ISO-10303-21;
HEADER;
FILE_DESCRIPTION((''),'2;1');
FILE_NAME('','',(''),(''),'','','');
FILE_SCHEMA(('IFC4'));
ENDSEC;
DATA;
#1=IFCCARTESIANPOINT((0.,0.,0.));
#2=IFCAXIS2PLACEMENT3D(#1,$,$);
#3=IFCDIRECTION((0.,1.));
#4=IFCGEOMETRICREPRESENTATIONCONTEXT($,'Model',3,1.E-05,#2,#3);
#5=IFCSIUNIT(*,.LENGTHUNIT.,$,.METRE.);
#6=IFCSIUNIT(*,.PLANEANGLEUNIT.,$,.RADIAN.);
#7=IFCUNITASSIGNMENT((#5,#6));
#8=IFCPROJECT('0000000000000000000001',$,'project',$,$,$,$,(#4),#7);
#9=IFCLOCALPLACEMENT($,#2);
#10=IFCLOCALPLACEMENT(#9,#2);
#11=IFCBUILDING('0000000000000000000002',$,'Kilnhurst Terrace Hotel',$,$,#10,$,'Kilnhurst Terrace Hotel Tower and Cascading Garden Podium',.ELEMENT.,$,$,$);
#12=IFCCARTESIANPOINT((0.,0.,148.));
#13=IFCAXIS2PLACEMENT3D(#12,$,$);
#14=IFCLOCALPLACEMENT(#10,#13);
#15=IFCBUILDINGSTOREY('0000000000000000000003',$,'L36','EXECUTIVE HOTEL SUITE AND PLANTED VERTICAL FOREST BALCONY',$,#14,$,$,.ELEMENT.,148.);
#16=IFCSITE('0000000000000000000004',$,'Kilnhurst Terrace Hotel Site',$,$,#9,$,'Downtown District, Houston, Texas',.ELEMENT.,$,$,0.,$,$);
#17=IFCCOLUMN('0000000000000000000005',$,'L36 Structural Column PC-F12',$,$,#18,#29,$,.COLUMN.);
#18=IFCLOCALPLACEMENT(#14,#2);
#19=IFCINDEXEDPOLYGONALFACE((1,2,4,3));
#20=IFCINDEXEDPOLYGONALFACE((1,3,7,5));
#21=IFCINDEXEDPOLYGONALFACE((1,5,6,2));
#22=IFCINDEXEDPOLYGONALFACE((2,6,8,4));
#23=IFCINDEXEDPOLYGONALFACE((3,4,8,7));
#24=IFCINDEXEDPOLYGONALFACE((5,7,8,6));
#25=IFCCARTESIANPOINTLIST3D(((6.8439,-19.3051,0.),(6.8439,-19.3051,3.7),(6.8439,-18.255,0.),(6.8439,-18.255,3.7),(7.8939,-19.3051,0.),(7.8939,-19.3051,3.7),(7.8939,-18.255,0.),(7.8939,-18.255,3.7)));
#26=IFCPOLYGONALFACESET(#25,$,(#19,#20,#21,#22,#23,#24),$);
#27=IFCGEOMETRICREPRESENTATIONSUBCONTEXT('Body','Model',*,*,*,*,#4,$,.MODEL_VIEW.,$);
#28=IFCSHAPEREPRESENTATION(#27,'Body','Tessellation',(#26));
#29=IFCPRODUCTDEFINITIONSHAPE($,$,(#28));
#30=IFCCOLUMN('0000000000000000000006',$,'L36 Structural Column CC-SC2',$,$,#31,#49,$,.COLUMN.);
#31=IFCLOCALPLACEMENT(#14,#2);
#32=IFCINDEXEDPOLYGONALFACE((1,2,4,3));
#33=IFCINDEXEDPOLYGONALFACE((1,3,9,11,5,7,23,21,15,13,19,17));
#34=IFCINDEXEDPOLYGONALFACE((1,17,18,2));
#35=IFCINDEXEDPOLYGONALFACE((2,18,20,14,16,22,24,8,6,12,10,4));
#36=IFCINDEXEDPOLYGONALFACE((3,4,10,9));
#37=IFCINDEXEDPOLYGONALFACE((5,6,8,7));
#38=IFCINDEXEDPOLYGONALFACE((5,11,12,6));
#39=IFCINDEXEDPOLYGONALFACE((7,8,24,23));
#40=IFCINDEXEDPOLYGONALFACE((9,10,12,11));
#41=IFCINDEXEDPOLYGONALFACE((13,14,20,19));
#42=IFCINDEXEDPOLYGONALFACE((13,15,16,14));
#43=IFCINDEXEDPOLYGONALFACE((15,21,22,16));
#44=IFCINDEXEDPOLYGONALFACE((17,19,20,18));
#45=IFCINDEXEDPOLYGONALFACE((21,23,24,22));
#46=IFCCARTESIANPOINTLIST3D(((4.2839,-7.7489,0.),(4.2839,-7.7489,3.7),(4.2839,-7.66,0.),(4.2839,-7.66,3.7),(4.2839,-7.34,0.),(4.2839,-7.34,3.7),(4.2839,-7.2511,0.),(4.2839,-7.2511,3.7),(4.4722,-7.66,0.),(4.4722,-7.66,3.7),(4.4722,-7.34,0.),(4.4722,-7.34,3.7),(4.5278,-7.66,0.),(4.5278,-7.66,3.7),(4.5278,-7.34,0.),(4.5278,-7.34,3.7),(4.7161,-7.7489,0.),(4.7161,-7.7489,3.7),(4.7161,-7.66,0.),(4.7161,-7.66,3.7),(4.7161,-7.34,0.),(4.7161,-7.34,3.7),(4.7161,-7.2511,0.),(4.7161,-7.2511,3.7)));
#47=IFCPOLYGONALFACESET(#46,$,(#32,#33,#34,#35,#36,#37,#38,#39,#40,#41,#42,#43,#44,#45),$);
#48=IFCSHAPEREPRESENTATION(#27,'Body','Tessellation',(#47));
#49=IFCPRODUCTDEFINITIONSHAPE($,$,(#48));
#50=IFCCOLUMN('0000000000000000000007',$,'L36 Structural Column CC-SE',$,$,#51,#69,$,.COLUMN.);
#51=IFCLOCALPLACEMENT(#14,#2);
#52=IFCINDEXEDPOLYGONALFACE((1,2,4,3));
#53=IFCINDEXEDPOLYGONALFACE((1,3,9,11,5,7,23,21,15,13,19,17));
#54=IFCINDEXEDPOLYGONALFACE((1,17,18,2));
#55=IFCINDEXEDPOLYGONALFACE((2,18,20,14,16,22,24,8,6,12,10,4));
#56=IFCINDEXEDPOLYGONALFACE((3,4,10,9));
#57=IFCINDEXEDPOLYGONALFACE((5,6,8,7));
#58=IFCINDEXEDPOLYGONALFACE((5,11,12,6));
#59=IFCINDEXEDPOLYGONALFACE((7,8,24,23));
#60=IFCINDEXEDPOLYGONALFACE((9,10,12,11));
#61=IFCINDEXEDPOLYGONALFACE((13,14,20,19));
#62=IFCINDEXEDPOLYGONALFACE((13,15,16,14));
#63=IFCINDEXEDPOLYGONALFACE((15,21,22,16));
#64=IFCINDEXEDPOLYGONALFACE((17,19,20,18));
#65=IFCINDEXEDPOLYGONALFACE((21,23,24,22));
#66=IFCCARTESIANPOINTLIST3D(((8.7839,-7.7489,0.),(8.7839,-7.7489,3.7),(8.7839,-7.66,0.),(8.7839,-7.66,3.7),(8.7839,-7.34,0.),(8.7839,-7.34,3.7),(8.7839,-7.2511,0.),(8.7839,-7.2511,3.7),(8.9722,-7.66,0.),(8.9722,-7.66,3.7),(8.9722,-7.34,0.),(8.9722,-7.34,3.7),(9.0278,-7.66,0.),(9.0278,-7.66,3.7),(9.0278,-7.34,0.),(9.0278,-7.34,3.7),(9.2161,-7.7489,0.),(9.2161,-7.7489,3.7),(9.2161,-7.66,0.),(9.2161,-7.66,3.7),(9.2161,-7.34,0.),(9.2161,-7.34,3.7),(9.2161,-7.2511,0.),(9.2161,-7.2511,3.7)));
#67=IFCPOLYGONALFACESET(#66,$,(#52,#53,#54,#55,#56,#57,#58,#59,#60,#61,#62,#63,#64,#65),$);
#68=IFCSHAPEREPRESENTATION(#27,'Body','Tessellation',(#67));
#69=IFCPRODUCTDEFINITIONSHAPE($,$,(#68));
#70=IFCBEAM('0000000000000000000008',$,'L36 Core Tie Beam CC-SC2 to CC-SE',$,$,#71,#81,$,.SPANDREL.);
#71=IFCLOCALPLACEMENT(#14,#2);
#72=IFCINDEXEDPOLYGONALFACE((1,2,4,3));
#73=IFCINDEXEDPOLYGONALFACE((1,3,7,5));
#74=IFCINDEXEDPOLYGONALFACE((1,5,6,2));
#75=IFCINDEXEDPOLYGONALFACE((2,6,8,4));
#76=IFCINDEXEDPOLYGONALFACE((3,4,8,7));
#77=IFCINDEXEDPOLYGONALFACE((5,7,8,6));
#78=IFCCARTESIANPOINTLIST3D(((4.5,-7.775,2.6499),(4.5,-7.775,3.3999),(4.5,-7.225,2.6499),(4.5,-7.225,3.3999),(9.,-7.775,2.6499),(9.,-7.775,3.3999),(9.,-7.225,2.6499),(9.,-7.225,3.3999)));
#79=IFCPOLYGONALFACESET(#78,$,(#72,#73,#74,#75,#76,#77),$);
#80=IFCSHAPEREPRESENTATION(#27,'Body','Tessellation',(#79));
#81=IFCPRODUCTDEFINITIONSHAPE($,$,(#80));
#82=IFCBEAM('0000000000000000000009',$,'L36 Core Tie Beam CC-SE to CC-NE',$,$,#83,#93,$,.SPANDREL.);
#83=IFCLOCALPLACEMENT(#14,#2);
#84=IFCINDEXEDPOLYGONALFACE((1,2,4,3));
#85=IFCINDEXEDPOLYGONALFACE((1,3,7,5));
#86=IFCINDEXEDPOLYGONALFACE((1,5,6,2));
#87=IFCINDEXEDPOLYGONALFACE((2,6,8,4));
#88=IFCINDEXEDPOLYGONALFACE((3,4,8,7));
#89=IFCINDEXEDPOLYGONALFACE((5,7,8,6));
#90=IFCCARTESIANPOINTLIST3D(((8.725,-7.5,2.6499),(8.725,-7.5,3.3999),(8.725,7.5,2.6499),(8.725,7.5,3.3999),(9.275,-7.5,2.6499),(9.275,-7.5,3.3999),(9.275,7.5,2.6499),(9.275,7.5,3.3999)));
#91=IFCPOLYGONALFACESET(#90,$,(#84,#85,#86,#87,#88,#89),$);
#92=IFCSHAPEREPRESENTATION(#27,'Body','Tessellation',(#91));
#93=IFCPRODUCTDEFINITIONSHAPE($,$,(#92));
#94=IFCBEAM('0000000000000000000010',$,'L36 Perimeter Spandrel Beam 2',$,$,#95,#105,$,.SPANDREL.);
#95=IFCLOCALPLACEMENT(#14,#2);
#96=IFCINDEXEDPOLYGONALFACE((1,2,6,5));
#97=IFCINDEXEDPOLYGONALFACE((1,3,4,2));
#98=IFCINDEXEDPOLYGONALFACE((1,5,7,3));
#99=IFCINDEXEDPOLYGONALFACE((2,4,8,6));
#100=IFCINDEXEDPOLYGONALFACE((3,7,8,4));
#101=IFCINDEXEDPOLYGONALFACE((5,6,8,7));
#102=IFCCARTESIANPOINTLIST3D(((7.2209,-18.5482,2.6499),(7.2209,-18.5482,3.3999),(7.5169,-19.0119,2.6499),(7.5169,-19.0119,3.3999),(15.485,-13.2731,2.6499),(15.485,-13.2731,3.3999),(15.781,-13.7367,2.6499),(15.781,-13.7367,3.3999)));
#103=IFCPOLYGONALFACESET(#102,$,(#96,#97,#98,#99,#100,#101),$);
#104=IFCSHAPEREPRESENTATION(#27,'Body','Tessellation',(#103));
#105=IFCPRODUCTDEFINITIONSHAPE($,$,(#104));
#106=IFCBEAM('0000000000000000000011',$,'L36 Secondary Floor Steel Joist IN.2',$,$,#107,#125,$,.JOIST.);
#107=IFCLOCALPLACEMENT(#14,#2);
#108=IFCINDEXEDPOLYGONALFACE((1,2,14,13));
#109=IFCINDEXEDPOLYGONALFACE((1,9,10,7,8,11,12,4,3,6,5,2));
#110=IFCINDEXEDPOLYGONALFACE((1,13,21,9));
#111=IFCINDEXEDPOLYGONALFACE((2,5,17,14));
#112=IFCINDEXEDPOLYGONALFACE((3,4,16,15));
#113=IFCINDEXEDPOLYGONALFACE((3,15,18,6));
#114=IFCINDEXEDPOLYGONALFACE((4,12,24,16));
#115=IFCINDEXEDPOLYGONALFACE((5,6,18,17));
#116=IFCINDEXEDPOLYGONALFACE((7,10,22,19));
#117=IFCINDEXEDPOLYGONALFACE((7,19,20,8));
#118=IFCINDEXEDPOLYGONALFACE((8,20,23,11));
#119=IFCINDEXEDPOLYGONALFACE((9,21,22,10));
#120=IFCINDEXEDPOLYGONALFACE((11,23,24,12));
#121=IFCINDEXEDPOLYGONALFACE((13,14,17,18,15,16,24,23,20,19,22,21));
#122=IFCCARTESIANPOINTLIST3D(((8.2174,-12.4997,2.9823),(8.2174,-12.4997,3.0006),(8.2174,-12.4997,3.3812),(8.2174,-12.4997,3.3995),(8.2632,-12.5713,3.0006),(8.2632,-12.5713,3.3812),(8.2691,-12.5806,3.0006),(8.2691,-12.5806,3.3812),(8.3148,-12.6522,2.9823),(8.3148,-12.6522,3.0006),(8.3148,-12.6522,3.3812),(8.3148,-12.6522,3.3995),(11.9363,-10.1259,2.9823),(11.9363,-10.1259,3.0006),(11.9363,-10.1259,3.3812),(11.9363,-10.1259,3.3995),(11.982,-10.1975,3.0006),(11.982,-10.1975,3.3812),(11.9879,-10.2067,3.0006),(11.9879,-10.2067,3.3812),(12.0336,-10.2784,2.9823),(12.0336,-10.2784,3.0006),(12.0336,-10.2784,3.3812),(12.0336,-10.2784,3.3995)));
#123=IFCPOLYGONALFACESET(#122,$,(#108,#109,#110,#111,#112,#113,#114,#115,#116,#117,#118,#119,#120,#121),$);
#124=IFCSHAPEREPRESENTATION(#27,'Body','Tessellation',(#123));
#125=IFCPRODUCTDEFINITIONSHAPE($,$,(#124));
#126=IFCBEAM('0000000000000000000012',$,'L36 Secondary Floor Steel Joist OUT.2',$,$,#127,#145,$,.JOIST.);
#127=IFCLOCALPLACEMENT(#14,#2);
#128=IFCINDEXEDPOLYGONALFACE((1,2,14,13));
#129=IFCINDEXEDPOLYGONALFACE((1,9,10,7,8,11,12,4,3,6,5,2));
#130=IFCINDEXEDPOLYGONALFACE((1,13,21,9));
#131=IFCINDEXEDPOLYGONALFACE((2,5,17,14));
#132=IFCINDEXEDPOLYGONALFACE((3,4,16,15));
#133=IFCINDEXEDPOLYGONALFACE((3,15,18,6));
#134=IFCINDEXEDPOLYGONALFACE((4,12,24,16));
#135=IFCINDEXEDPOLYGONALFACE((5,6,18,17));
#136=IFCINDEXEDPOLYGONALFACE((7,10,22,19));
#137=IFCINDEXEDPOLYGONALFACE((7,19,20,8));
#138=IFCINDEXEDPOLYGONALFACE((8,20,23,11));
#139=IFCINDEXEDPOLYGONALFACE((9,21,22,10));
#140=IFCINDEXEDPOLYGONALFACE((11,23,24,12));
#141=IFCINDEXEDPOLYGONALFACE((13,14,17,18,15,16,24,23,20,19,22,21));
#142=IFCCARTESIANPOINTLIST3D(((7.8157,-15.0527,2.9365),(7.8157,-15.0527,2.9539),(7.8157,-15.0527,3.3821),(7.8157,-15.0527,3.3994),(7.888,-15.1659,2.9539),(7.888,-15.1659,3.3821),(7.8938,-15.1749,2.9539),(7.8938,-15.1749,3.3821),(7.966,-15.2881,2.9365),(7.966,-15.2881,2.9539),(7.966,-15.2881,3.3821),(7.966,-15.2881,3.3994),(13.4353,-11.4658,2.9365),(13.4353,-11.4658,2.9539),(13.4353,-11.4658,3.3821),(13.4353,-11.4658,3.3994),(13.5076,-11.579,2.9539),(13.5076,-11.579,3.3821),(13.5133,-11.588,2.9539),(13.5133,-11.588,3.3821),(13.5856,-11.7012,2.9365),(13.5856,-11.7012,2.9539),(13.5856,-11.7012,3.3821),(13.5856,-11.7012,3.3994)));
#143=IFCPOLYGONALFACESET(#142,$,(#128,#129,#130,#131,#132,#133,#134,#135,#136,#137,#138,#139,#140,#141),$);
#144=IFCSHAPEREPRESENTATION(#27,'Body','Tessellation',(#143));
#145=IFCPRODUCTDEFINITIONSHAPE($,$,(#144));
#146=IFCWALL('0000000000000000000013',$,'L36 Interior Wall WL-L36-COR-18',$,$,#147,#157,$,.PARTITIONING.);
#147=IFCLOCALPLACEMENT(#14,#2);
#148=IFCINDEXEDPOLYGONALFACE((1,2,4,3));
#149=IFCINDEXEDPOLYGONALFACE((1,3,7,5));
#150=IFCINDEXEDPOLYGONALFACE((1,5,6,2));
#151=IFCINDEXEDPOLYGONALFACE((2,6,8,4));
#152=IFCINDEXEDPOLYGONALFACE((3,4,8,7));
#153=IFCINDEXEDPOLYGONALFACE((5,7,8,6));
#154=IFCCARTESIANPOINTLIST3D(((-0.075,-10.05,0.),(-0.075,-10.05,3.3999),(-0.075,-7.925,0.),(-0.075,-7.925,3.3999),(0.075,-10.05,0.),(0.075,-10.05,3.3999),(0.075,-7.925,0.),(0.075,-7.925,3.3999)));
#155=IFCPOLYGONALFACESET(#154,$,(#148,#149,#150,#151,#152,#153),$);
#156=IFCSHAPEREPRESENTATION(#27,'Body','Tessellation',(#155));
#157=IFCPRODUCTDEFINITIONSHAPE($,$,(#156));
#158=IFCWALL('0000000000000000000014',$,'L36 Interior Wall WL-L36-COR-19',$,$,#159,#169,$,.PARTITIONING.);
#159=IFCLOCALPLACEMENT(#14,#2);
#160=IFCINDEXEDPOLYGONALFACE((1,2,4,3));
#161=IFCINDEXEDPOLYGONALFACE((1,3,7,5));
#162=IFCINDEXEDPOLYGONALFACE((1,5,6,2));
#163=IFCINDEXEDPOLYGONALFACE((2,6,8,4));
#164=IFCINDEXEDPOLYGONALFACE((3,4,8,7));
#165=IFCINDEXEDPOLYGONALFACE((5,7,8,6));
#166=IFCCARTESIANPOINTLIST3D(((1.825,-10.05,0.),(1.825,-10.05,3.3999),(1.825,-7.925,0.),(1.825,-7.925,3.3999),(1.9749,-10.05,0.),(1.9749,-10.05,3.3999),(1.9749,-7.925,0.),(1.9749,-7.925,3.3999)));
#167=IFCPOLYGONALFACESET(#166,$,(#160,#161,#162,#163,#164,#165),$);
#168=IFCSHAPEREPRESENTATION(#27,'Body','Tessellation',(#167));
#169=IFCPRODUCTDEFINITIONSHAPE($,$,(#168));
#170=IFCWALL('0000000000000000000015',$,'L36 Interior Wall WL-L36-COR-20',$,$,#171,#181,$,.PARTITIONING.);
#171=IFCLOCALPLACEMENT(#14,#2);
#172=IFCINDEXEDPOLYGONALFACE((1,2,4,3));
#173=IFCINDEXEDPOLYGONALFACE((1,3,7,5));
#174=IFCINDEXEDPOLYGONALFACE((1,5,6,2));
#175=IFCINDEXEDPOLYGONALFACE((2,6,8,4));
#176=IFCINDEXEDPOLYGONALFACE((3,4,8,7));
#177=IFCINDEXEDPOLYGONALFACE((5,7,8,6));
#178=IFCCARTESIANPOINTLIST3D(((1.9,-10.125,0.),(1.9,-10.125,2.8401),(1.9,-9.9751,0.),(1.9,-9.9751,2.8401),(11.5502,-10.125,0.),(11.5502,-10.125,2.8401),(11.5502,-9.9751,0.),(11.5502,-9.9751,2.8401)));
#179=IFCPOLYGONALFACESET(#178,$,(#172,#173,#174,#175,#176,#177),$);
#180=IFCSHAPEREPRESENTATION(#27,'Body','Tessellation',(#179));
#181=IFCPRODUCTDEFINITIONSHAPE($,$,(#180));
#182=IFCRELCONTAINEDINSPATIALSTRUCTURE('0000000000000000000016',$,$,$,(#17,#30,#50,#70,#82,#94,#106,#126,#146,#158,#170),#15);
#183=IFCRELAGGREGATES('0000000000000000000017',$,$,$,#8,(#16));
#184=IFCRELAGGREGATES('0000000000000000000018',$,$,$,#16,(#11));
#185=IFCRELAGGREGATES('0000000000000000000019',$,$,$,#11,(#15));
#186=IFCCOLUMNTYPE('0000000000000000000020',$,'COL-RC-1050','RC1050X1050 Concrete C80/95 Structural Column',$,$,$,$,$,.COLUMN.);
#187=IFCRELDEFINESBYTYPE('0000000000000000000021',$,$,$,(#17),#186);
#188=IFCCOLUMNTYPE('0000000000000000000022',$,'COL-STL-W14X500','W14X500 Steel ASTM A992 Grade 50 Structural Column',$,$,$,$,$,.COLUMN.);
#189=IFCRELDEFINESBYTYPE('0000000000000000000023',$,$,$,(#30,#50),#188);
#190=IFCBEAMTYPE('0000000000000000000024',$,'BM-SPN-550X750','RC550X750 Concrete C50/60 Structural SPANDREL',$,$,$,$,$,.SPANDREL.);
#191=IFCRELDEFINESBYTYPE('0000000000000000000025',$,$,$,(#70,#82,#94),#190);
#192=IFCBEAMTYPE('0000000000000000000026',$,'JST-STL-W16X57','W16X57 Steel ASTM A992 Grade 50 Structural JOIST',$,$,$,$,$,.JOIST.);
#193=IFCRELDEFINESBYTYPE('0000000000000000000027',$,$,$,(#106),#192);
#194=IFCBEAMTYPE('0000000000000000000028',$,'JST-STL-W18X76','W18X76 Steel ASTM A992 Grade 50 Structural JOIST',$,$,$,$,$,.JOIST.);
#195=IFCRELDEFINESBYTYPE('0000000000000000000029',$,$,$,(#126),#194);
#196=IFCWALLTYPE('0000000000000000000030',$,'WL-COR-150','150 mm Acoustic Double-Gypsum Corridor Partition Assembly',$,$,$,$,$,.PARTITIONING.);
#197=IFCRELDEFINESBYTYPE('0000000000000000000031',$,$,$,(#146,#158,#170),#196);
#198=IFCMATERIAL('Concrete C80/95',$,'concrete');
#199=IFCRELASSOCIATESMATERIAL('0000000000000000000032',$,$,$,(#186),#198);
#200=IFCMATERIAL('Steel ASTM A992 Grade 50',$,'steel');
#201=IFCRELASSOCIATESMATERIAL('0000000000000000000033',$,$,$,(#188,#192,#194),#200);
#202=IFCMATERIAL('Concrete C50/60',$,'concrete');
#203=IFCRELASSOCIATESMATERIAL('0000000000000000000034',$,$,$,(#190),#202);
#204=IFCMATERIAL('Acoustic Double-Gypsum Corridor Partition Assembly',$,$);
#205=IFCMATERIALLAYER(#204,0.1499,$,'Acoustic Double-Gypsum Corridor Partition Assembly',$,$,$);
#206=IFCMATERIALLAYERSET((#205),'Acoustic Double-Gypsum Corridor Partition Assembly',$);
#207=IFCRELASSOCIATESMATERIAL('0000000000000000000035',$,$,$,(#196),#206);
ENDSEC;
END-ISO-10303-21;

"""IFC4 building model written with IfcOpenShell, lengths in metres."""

from ifc_helpers import new_model, si_unit, direction, frame, frame_2d, origin, origin_2d, place, context, subcontext, project, spatial, rectangle, i_section, extrude, material, layer, layer_set, material_profile, profile_set, type_object, element, save


model = new_model("IFC4")

# Units and contexts
model_context = context("Model", 3, precision=1e-05, world=origin(), true_north=direction((0.0, 1.0)))
body_context = subcontext(model_context, "Body", "Model", "MODEL_VIEW")
ifc_project = project(units=[si_unit("LENGTHUNIT", "METRE"), si_unit("PLANEANGLEUNIT", "RADIAN")], contexts=[model_context])

# Site, building, storey
site_placement = place(None, origin())
site = spatial("IfcSite", under=ifc_project, at=site_placement, Name="Kilnhurst Terrace Hotel Site", LongName="Downtown District, Houston, Texas", CompositionType="ELEMENT", RefElevation=0.0)
building_placement = place(site_placement, origin())
building = spatial("IfcBuilding", under=site, at=building_placement, Name="Kilnhurst Terrace Hotel", LongName="Kilnhurst Terrace Hotel Tower and Cascading Garden Podium", CompositionType="ELEMENT")
storey_placement = place(building_placement, frame((0.0, 0.0, 148.0)))
storey = spatial("IfcBuildingStorey", under=building, at=storey_placement, Name="L36", Description="EXECUTIVE HOTEL SUITE AND PLANTED VERTICAL FOREST BALCONY", CompositionType="ELEMENT", Elevation=148.0)

# Columns
ifc_material_1 = material(Name="Concrete C80/95", Category="concrete")
ifc_material_profile_1 = material_profile(ifc_material_1, rectangle(XDim=1.05, YDim=1.05, at=origin_2d()), Name="RC1050X1050")
ifc_profile_set_1 = profile_set([ifc_material_profile_1], Name="Concrete C80/95")
column_type_1 = type_object("IfcColumnType", Name="COL-RC-1050", Description="RC1050X1050 Concrete C80/95 Structural Column", PredefinedType="COLUMN", material=ifc_profile_set_1)
column_placement = place(storey_placement, frame((7.3689, -18.78, 0.0), z_axis=(0.0, 0.0, 1.0), x_axis=(1.0, 0.0, 0.0)))
element("IfcColumn", 1, at=column_placement, inside=storey, type_object=column_type_1, Name="L36 Structural Column PC-F12", PredefinedType="COLUMN", context=body_context, shape_type="SweptSolid", body=[
    extrude(rectangle(XDim=1.05, YDim=1.05, at=origin_2d()), origin(), (0.0, 0.0, 1.0), 3.7),
])
ifc_material_2 = material(Name="Steel ASTM A992 Grade 50", Category="steel")
ifc_material_profile_2 = material_profile(ifc_material_2, i_section(OverallWidth=0.4321, OverallDepth=0.4978, WebThickness=0.0557, FlangeThickness=0.0889, at=origin_2d()), Name="W14X500")
ifc_profile_set_2 = profile_set([ifc_material_profile_2], Name="Steel ASTM A992 Grade 50")
column_type_2 = type_object("IfcColumnType", Name="COL-STL-W14X500", Description="W14X500 Steel ASTM A992 Grade 50 Structural Column", PredefinedType="COLUMN", material=ifc_profile_set_2)
for number, where, z_axis, x_axis, name in (
    (2, (4.5, -7.5, 0.0), (0.0, 0.0, 1.0), (1.0, 0.0, 0.0), "L36 Structural Column CC-SC2"),
    (3, (9.0, -7.5, 0.0), (0.0, 0.0, 1.0), (1.0, 0.0, 0.0), "L36 Structural Column CC-SE"),
):
    element("IfcColumn", number, at=place(storey_placement, frame(where, z_axis=z_axis, x_axis=x_axis)), inside=storey, type_object=column_type_2, Name=name, PredefinedType="COLUMN", context=body_context, shape_type="SweptSolid", body=[
        extrude(i_section(OverallWidth=0.4321, OverallDepth=0.4978, WebThickness=0.0557, FlangeThickness=0.0889, at=origin_2d()), origin(), (0.0, 0.0, 1.0), 3.7),
    ])

# Beams
ifc_material_3 = material(Name="Concrete C50/60", Category="concrete")
ifc_material_profile_3 = material_profile(ifc_material_3, rectangle(XDim=0.55, YDim=0.75, at=origin_2d()), Name="RC550X750")
ifc_profile_set_3 = profile_set([ifc_material_profile_3], Name="Concrete C50/60")
beam_type_1 = type_object("IfcBeamType", Name="BM-SPN-550X750", Description="RC550X750 Concrete C50/60 Structural SPANDREL", PredefinedType="SPANDREL", material=ifc_profile_set_3)
beam_1_placement = place(storey_placement, frame((4.5, -7.5, 3.0249), z_axis=(1.0, 0.0, 0.0), x_axis=(0.0, 1.0, 0.0)))
element("IfcBeam", 4, at=beam_1_placement, inside=storey, type_object=beam_type_1, Name="L36 Core Tie Beam CC-SC2 to CC-SE", PredefinedType="SPANDREL", context=body_context, shape_type="SweptSolid", body=[
    extrude(rectangle(XDim=0.55, YDim=0.75, at=origin_2d()), origin(), (0.0, 0.0, 1.0), 4.5),
])
beam_2_placement = place(storey_placement, frame((9.0, -7.5, 3.0249), z_axis=(0.0, 1.0, 0.0), x_axis=(-1.0, 0.0, 0.0)))
element("IfcBeam", 5, at=beam_2_placement, inside=storey, type_object=beam_type_1, Name="L36 Core Tie Beam CC-SE to CC-NE", PredefinedType="SPANDREL", context=body_context, shape_type="SweptSolid", body=[
    extrude(rectangle(XDim=0.55, YDim=0.75, at=origin_2d()), origin(), (0.0, 0.0, 1.0), 15.0),
])
beam_3_placement = place(storey_placement, frame((7.3689, -18.78, 3.0249), z_axis=(0.842915, 0.538046, 0.0), x_axis=(-0.538046, 0.842915, 0.0)))
element("IfcBeam", 6, at=beam_3_placement, inside=storey, type_object=beam_type_1, Name="L36 Perimeter Spandrel Beam 2", PredefinedType="SPANDREL", context=body_context, shape_type="SweptSolid", body=[
    extrude(rectangle(XDim=0.55, YDim=0.75, at=origin_2d()), origin(), (0.0, 0.0, 1.0), 9.8042),
])
ifc_material_profile_4 = material_profile(ifc_material_2, i_section(OverallWidth=0.1809, OverallDepth=0.4172, WebThickness=0.011, FlangeThickness=0.0183, at=origin_2d()), Name="W16X57")
ifc_profile_set_4 = profile_set([ifc_material_profile_4], Name="Steel ASTM A992 Grade 50")
beam_type_2 = type_object("IfcBeamType", Name="JST-STL-W16X57", Description="W16X57 Steel ASTM A992 Grade 50 Structural JOIST", PredefinedType="JOIST", material=ifc_profile_set_4)
beam_4_placement = place(storey_placement, frame((8.2661, -12.5759, 3.1909), z_axis=(0.842911, 0.538053, 0.0), x_axis=(-0.538053, 0.842911, 0.0)))
element("IfcBeam", 7, at=beam_4_placement, inside=storey, type_object=beam_type_2, Name="L36 Secondary Floor Steel Joist IN.2", PredefinedType="JOIST", context=body_context, shape_type="SweptSolid", body=[
    extrude(i_section(OverallWidth=0.1809, OverallDepth=0.4172, WebThickness=0.011, FlangeThickness=0.0183, at=origin_2d()), origin(), (0.0, 0.0, 1.0), 4.4119),
])
ifc_material_profile_5 = material_profile(ifc_material_2, i_section(OverallWidth=0.2793, OverallDepth=0.4629, WebThickness=0.0107, FlangeThickness=0.0173, at=origin_2d()), Name="W18X76")
ifc_profile_set_5 = profile_set([ifc_material_profile_5], Name="Steel ASTM A992 Grade 50")
beam_type_3 = type_object("IfcBeamType", Name="JST-STL-W18X76", Description="W18X76 Steel ASTM A992 Grade 50 Structural JOIST", PredefinedType="JOIST", material=ifc_profile_set_5)
beam_5_placement = place(storey_placement, frame((7.8909, -15.1704, 3.168), z_axis=(0.842928, 0.538027, 0.0), x_axis=(-0.538027, 0.842928, 0.0)))
element("IfcBeam", 8, at=beam_5_placement, inside=storey, type_object=beam_type_3, Name="L36 Secondary Floor Steel Joist OUT.2", PredefinedType="JOIST", context=body_context, shape_type="SweptSolid", body=[
    extrude(i_section(OverallWidth=0.2793, OverallDepth=0.4629, WebThickness=0.0107, FlangeThickness=0.0173, at=origin_2d()), origin(), (0.0, 0.0, 1.0), 6.6667),
])

# Walls
ifc_material_4 = material(Name="Acoustic Double-Gypsum Corridor Partition Assembly")
ifc_layer_1 = layer(ifc_material_4, 0.1499, Name="Acoustic Double-Gypsum Corridor Partition Assembly")
ifc_layer_set_1 = layer_set([ifc_layer_1], Name="Acoustic Double-Gypsum Corridor Partition Assembly")
wall_type_1 = type_object("IfcWallType", Name="WL-COR-150", Description="150 mm Acoustic Double-Gypsum Corridor Partition Assembly", PredefinedType="PARTITIONING", material=ifc_layer_set_1)
for number, where, z_axis, x_axis, name in (
    (9, (0.0, -10.05, 0.0), (0.0, 0.0, 1.0), (0.0, 1.0, 0.0), "L36 Interior Wall WL-L36-COR-18"),
    (10, (1.8999, -7.925, 0.0), (0.0, 0.0, 1.0), (0.0, -1.0, 0.0), "L36 Interior Wall WL-L36-COR-19"),
):
    element("IfcWall", number, at=place(storey_placement, frame(where, z_axis=z_axis, x_axis=x_axis)), inside=storey, type_object=wall_type_1, Name=name, PredefinedType="PARTITIONING", context=body_context, shape_type="SweptSolid", body=[
        extrude(rectangle(XDim=2.125, YDim=0.1499, at=frame_2d((1.0625, 0.0))), origin(), (0.0, 0.0, 1.0), 3.3999),
    ])
wall_1_placement = place(storey_placement, frame((1.8999, -10.05, 0.0), z_axis=(0.0, 0.0, 1.0), x_axis=(1.0, 0.0, 0.0)))
element("IfcWall", 11, at=wall_1_placement, inside=storey, type_object=wall_type_1, Name="L36 Interior Wall WL-L36-COR-20", PredefinedType="PARTITIONING", context=body_context, shape_type="SweptSolid", body=[
    extrude(rectangle(XDim=9.6501, YDim=0.1499, at=frame_2d((4.8252, 0.0))), origin(), (0.0, 0.0, 1.0), 2.8401),
])

save(model, "model.ifc")
